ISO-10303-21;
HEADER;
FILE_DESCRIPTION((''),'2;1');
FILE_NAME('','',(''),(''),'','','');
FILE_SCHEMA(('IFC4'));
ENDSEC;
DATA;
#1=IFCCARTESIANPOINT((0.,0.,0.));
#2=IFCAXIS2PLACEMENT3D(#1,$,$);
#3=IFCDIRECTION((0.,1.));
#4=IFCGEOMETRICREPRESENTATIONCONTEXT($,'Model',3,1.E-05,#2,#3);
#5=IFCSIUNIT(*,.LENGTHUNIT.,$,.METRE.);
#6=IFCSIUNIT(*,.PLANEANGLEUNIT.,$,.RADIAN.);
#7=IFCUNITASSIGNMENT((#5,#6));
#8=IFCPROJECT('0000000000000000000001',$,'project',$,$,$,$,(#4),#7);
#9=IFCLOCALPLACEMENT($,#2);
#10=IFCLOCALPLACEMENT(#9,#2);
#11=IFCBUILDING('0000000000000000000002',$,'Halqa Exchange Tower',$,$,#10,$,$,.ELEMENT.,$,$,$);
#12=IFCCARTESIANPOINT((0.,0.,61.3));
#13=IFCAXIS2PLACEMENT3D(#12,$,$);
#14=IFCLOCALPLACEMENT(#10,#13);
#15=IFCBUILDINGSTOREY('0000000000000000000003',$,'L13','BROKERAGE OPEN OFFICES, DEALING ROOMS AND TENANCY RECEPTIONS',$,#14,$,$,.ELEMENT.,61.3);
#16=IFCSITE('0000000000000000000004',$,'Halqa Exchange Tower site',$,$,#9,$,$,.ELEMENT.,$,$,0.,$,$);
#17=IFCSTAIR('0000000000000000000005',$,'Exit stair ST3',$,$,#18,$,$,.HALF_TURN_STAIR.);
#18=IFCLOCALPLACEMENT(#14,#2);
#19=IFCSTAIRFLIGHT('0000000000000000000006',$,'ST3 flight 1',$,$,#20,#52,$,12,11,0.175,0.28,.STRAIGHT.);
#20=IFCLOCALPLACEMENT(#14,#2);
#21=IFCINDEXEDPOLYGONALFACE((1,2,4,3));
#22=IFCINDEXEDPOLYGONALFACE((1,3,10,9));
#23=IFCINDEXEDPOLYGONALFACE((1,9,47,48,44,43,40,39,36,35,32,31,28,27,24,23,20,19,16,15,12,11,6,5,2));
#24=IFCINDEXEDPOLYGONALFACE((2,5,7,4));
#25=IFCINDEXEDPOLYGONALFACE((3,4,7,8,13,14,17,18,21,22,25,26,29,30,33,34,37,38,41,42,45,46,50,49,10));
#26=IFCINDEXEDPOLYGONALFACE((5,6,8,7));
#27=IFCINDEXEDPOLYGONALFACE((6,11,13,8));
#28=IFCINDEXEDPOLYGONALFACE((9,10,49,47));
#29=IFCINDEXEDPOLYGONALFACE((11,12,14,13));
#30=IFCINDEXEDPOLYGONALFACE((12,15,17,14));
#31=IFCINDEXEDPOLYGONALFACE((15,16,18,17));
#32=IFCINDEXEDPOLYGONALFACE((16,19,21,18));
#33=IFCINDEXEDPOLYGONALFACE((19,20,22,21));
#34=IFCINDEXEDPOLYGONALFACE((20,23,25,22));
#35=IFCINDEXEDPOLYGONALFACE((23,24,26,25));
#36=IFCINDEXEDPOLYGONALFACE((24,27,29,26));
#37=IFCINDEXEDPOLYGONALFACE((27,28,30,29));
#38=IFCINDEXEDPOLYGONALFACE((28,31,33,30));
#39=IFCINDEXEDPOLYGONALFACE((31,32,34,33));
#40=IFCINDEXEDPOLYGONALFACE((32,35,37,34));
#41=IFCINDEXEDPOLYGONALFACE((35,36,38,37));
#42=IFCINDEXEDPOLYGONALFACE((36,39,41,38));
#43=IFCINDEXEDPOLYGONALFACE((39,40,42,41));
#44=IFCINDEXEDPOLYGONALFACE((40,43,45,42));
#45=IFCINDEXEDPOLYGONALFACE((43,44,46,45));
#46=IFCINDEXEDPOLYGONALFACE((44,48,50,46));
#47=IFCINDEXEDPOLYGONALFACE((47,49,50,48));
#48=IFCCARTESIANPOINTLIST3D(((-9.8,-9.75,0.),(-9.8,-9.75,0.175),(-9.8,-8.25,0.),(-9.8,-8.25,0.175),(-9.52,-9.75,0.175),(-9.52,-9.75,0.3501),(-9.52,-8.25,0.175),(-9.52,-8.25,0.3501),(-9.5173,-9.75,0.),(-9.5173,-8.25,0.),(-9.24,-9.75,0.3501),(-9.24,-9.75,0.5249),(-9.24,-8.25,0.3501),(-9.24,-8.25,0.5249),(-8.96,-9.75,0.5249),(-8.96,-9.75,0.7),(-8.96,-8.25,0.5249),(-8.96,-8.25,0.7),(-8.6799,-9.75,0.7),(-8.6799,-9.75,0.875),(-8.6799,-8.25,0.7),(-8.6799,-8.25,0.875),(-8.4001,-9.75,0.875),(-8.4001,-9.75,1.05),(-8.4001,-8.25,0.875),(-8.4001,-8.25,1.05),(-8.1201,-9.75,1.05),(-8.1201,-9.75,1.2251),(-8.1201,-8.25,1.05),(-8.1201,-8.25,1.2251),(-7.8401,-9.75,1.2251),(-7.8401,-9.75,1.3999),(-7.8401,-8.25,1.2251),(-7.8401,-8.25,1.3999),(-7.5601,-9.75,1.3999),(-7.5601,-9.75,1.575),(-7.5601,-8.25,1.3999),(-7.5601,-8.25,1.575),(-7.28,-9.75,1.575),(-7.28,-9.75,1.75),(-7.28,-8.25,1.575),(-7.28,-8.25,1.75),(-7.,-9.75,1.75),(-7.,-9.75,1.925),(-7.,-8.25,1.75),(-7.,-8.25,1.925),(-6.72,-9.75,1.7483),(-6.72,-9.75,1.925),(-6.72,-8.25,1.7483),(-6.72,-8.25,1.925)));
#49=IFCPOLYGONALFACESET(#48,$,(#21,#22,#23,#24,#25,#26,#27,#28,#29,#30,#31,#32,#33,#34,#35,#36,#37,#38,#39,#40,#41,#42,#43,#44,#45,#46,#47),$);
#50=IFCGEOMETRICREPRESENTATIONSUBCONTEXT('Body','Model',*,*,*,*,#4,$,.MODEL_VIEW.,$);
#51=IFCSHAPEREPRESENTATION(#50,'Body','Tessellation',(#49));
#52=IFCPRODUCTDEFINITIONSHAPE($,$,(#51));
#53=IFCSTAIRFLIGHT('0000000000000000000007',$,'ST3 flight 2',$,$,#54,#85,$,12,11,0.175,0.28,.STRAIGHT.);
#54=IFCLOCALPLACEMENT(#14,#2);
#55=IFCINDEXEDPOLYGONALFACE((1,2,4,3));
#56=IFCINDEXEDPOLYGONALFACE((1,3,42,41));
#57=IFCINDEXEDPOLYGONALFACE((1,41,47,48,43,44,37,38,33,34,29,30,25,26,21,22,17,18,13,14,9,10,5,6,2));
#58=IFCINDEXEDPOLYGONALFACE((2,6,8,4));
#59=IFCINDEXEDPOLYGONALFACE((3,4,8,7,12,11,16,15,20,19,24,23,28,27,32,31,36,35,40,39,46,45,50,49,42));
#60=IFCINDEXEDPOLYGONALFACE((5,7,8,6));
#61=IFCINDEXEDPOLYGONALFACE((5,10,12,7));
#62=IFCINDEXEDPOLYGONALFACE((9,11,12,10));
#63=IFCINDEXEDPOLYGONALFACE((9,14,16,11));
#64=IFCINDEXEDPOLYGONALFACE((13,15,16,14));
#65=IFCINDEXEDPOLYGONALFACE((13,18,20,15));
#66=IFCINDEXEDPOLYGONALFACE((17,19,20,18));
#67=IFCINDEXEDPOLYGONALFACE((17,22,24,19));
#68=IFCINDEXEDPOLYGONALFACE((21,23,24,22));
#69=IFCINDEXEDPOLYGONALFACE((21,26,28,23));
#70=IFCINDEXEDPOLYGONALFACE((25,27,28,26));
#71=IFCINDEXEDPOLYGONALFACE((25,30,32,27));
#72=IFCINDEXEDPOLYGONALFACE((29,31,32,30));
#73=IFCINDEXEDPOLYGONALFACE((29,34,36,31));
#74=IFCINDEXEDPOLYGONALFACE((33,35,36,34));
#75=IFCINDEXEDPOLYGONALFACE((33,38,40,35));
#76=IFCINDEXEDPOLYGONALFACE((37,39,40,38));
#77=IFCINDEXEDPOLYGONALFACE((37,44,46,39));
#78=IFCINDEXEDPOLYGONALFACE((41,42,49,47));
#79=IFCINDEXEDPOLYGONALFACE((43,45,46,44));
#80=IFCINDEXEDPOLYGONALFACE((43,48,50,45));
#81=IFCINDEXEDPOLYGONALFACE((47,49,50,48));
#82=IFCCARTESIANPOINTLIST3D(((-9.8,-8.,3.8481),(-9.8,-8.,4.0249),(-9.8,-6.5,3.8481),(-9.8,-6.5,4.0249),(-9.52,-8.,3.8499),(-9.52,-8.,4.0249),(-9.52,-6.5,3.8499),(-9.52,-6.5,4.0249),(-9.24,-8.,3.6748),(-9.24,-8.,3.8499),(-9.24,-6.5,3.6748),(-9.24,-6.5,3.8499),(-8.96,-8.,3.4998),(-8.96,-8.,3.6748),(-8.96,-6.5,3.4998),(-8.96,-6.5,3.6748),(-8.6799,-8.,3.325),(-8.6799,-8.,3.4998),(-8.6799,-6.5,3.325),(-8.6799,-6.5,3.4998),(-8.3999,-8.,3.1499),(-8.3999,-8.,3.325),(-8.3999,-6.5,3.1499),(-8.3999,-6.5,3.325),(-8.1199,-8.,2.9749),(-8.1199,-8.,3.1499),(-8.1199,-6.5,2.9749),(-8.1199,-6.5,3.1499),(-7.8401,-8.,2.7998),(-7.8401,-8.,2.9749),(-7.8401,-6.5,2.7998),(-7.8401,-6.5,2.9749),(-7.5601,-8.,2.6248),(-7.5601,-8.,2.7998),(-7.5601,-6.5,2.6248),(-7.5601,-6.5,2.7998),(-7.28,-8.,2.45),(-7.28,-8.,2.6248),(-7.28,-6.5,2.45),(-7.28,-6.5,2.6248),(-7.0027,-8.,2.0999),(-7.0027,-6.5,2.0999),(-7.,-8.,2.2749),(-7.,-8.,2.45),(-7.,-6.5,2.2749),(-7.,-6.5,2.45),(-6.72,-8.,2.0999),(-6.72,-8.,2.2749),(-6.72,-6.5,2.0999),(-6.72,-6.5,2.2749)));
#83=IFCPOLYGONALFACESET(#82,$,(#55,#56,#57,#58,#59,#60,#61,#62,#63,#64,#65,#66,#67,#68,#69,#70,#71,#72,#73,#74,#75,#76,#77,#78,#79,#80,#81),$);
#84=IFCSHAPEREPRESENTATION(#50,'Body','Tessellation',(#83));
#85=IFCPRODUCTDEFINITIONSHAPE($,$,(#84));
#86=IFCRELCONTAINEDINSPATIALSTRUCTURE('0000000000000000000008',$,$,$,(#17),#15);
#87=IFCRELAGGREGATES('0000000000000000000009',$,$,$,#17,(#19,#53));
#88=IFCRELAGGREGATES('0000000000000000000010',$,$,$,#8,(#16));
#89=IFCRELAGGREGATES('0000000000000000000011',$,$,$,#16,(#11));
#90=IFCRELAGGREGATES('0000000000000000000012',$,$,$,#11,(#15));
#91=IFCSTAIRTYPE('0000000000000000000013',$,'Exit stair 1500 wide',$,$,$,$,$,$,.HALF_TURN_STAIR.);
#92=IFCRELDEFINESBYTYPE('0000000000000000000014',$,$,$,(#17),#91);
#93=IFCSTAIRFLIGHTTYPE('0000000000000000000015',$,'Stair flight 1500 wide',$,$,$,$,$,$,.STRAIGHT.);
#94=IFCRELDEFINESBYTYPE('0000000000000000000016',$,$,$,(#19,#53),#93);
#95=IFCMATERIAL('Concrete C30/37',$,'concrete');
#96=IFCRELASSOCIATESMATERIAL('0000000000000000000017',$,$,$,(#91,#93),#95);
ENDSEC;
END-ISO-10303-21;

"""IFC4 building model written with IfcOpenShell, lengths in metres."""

from ifc_helpers import new_model, si_unit, direction, frame, origin, place, context, subcontext, project, spatial, polyline, outline, extrude, material, type_object, element, aggregate, save


model = new_model("IFC4")

# Units and contexts
model_context = context("Model", 3, precision=1e-05, world=origin(), true_north=direction((0.0, 1.0)))
body_context = subcontext(model_context, "Body", "Model", "MODEL_VIEW")
ifc_project = project(units=[si_unit("LENGTHUNIT", "METRE"), si_unit("PLANEANGLEUNIT", "RADIAN")], contexts=[model_context])

# Site, building, storey
site_placement = place(None, origin())
site = spatial("IfcSite", under=ifc_project, at=site_placement, Name="Halqa Exchange Tower site", CompositionType="ELEMENT", RefElevation=0.0)
building_placement = place(site_placement, origin())
building = spatial("IfcBuilding", under=site, at=building_placement, Name="Halqa Exchange Tower", CompositionType="ELEMENT")
storey_placement = place(building_placement, frame((0.0, 0.0, 61.3)))
storey = spatial("IfcBuildingStorey", under=building, at=storey_placement, Name="L13", Description="BROKERAGE OPEN OFFICES, DEALING ROOMS AND TENANCY RECEPTIONS", CompositionType="ELEMENT", Elevation=61.3)

# Shared definitions
ifc_material_1 = material(Name="Concrete C30/37", Category="concrete")

# Stair, stair flights
stair_type = type_object("IfcStairType", Name="Exit stair 1500 wide", PredefinedType="HALF_TURN_STAIR", material=ifc_material_1)
stair_placement = place(storey_placement, origin())
stair = element("IfcStair", 1, at=stair_placement, inside=storey, type_object=stair_type, Name="Exit stair ST3", PredefinedType="HALF_TURN_STAIR")
stair_flight_type = type_object("IfcStairFlightType", Name="Stair flight 1500 wide", PredefinedType="STRAIGHT", material=ifc_material_1)
stair_flight_1_placement = place(storey_placement, frame((-9.8, -9.0, 0.0), z_axis=(0.0, 0.0, 1.0), x_axis=(1.0, 0.0, 0.0)))
stair_flight_1 = element("IfcStairFlight", 2, at=stair_flight_1_placement, type_object=stair_flight_type, Name="ST3 flight 1", NumberOfRisers=12, NumberOfTreads=11, PredefinedType="STRAIGHT", RiserHeight=0.175, TreadLength=0.28, context=body_context, shape_type="SweptSolid", body=[
    extrude(outline(polyline([(0.0, 0.0), (0.0, 0.175), (0.28, 0.175), (0.28, 0.3501), (0.5601, 0.3501), (0.5601, 0.5249), (0.8401, 0.5249), (0.8401, 0.7), (1.1201, 0.7), (1.1201, 0.875), (1.3999, 0.875), (1.3999, 1.05), (1.6799, 1.05), (1.6799, 1.2251), (1.96, 1.2251), (1.96, 1.3999), (2.24, 1.3999), (2.24, 1.575), (2.52, 1.575), (2.52, 1.75), (2.8, 1.75), (2.8, 1.925), (3.0801, 1.925), (3.0801, 2.1001), (3.0801, 1.7483), (0.2827, 0.0), (0.0, 0.0)])), frame((0.0, 0.75, 0.0), z_axis=(0.0, -1.0, 0.0), x_axis=(1.0, 0.0, 0.0)), (0.0, 0.0, 1.0), 1.5),
])
stair_flight_2_placement = place(storey_placement, frame((-6.72, -7.25, 2.0999), z_axis=(0.0, 0.0, 1.0), x_axis=(-1.0, 0.0, 0.0)))
stair_flight_2 = element("IfcStairFlight", 3, at=stair_flight_2_placement, type_object=stair_flight_type, Name="ST3 flight 2", NumberOfRisers=12, NumberOfTreads=11, PredefinedType="STRAIGHT", RiserHeight=0.175, TreadLength=0.28, context=body_context, shape_type="SweptSolid", body=[
    extrude(outline(polyline([(0.0, 0.0), (0.0, 0.175), (0.28, 0.175), (0.28, 0.3501), (0.5601, 0.3501), (0.5601, 0.5249), (0.8401, 0.5249), (0.8401, 0.7), (1.1201, 0.7), (1.1201, 0.875), (1.3999, 0.875), (1.3999, 1.05), (1.6799, 1.05), (1.6799, 1.2251), (1.96, 1.2251), (1.96, 1.3999), (2.24, 1.3999), (2.24, 1.575), (2.52, 1.575), (2.52, 1.75), (2.8, 1.75), (2.8, 1.925), (3.0801, 1.925), (3.0801, 2.1001), (3.0801, 1.7483), (0.2827, 0.0), (0.0, 0.0)])), frame((0.0, 0.75, 0.0), z_axis=(0.0, -1.0, 0.0), x_axis=(1.0, 0.0, 0.0)), (0.0, 0.0, 1.0), 1.5),
])
aggregate(stair, [stair_flight_1, stair_flight_2])

save(model, "model.ifc")
